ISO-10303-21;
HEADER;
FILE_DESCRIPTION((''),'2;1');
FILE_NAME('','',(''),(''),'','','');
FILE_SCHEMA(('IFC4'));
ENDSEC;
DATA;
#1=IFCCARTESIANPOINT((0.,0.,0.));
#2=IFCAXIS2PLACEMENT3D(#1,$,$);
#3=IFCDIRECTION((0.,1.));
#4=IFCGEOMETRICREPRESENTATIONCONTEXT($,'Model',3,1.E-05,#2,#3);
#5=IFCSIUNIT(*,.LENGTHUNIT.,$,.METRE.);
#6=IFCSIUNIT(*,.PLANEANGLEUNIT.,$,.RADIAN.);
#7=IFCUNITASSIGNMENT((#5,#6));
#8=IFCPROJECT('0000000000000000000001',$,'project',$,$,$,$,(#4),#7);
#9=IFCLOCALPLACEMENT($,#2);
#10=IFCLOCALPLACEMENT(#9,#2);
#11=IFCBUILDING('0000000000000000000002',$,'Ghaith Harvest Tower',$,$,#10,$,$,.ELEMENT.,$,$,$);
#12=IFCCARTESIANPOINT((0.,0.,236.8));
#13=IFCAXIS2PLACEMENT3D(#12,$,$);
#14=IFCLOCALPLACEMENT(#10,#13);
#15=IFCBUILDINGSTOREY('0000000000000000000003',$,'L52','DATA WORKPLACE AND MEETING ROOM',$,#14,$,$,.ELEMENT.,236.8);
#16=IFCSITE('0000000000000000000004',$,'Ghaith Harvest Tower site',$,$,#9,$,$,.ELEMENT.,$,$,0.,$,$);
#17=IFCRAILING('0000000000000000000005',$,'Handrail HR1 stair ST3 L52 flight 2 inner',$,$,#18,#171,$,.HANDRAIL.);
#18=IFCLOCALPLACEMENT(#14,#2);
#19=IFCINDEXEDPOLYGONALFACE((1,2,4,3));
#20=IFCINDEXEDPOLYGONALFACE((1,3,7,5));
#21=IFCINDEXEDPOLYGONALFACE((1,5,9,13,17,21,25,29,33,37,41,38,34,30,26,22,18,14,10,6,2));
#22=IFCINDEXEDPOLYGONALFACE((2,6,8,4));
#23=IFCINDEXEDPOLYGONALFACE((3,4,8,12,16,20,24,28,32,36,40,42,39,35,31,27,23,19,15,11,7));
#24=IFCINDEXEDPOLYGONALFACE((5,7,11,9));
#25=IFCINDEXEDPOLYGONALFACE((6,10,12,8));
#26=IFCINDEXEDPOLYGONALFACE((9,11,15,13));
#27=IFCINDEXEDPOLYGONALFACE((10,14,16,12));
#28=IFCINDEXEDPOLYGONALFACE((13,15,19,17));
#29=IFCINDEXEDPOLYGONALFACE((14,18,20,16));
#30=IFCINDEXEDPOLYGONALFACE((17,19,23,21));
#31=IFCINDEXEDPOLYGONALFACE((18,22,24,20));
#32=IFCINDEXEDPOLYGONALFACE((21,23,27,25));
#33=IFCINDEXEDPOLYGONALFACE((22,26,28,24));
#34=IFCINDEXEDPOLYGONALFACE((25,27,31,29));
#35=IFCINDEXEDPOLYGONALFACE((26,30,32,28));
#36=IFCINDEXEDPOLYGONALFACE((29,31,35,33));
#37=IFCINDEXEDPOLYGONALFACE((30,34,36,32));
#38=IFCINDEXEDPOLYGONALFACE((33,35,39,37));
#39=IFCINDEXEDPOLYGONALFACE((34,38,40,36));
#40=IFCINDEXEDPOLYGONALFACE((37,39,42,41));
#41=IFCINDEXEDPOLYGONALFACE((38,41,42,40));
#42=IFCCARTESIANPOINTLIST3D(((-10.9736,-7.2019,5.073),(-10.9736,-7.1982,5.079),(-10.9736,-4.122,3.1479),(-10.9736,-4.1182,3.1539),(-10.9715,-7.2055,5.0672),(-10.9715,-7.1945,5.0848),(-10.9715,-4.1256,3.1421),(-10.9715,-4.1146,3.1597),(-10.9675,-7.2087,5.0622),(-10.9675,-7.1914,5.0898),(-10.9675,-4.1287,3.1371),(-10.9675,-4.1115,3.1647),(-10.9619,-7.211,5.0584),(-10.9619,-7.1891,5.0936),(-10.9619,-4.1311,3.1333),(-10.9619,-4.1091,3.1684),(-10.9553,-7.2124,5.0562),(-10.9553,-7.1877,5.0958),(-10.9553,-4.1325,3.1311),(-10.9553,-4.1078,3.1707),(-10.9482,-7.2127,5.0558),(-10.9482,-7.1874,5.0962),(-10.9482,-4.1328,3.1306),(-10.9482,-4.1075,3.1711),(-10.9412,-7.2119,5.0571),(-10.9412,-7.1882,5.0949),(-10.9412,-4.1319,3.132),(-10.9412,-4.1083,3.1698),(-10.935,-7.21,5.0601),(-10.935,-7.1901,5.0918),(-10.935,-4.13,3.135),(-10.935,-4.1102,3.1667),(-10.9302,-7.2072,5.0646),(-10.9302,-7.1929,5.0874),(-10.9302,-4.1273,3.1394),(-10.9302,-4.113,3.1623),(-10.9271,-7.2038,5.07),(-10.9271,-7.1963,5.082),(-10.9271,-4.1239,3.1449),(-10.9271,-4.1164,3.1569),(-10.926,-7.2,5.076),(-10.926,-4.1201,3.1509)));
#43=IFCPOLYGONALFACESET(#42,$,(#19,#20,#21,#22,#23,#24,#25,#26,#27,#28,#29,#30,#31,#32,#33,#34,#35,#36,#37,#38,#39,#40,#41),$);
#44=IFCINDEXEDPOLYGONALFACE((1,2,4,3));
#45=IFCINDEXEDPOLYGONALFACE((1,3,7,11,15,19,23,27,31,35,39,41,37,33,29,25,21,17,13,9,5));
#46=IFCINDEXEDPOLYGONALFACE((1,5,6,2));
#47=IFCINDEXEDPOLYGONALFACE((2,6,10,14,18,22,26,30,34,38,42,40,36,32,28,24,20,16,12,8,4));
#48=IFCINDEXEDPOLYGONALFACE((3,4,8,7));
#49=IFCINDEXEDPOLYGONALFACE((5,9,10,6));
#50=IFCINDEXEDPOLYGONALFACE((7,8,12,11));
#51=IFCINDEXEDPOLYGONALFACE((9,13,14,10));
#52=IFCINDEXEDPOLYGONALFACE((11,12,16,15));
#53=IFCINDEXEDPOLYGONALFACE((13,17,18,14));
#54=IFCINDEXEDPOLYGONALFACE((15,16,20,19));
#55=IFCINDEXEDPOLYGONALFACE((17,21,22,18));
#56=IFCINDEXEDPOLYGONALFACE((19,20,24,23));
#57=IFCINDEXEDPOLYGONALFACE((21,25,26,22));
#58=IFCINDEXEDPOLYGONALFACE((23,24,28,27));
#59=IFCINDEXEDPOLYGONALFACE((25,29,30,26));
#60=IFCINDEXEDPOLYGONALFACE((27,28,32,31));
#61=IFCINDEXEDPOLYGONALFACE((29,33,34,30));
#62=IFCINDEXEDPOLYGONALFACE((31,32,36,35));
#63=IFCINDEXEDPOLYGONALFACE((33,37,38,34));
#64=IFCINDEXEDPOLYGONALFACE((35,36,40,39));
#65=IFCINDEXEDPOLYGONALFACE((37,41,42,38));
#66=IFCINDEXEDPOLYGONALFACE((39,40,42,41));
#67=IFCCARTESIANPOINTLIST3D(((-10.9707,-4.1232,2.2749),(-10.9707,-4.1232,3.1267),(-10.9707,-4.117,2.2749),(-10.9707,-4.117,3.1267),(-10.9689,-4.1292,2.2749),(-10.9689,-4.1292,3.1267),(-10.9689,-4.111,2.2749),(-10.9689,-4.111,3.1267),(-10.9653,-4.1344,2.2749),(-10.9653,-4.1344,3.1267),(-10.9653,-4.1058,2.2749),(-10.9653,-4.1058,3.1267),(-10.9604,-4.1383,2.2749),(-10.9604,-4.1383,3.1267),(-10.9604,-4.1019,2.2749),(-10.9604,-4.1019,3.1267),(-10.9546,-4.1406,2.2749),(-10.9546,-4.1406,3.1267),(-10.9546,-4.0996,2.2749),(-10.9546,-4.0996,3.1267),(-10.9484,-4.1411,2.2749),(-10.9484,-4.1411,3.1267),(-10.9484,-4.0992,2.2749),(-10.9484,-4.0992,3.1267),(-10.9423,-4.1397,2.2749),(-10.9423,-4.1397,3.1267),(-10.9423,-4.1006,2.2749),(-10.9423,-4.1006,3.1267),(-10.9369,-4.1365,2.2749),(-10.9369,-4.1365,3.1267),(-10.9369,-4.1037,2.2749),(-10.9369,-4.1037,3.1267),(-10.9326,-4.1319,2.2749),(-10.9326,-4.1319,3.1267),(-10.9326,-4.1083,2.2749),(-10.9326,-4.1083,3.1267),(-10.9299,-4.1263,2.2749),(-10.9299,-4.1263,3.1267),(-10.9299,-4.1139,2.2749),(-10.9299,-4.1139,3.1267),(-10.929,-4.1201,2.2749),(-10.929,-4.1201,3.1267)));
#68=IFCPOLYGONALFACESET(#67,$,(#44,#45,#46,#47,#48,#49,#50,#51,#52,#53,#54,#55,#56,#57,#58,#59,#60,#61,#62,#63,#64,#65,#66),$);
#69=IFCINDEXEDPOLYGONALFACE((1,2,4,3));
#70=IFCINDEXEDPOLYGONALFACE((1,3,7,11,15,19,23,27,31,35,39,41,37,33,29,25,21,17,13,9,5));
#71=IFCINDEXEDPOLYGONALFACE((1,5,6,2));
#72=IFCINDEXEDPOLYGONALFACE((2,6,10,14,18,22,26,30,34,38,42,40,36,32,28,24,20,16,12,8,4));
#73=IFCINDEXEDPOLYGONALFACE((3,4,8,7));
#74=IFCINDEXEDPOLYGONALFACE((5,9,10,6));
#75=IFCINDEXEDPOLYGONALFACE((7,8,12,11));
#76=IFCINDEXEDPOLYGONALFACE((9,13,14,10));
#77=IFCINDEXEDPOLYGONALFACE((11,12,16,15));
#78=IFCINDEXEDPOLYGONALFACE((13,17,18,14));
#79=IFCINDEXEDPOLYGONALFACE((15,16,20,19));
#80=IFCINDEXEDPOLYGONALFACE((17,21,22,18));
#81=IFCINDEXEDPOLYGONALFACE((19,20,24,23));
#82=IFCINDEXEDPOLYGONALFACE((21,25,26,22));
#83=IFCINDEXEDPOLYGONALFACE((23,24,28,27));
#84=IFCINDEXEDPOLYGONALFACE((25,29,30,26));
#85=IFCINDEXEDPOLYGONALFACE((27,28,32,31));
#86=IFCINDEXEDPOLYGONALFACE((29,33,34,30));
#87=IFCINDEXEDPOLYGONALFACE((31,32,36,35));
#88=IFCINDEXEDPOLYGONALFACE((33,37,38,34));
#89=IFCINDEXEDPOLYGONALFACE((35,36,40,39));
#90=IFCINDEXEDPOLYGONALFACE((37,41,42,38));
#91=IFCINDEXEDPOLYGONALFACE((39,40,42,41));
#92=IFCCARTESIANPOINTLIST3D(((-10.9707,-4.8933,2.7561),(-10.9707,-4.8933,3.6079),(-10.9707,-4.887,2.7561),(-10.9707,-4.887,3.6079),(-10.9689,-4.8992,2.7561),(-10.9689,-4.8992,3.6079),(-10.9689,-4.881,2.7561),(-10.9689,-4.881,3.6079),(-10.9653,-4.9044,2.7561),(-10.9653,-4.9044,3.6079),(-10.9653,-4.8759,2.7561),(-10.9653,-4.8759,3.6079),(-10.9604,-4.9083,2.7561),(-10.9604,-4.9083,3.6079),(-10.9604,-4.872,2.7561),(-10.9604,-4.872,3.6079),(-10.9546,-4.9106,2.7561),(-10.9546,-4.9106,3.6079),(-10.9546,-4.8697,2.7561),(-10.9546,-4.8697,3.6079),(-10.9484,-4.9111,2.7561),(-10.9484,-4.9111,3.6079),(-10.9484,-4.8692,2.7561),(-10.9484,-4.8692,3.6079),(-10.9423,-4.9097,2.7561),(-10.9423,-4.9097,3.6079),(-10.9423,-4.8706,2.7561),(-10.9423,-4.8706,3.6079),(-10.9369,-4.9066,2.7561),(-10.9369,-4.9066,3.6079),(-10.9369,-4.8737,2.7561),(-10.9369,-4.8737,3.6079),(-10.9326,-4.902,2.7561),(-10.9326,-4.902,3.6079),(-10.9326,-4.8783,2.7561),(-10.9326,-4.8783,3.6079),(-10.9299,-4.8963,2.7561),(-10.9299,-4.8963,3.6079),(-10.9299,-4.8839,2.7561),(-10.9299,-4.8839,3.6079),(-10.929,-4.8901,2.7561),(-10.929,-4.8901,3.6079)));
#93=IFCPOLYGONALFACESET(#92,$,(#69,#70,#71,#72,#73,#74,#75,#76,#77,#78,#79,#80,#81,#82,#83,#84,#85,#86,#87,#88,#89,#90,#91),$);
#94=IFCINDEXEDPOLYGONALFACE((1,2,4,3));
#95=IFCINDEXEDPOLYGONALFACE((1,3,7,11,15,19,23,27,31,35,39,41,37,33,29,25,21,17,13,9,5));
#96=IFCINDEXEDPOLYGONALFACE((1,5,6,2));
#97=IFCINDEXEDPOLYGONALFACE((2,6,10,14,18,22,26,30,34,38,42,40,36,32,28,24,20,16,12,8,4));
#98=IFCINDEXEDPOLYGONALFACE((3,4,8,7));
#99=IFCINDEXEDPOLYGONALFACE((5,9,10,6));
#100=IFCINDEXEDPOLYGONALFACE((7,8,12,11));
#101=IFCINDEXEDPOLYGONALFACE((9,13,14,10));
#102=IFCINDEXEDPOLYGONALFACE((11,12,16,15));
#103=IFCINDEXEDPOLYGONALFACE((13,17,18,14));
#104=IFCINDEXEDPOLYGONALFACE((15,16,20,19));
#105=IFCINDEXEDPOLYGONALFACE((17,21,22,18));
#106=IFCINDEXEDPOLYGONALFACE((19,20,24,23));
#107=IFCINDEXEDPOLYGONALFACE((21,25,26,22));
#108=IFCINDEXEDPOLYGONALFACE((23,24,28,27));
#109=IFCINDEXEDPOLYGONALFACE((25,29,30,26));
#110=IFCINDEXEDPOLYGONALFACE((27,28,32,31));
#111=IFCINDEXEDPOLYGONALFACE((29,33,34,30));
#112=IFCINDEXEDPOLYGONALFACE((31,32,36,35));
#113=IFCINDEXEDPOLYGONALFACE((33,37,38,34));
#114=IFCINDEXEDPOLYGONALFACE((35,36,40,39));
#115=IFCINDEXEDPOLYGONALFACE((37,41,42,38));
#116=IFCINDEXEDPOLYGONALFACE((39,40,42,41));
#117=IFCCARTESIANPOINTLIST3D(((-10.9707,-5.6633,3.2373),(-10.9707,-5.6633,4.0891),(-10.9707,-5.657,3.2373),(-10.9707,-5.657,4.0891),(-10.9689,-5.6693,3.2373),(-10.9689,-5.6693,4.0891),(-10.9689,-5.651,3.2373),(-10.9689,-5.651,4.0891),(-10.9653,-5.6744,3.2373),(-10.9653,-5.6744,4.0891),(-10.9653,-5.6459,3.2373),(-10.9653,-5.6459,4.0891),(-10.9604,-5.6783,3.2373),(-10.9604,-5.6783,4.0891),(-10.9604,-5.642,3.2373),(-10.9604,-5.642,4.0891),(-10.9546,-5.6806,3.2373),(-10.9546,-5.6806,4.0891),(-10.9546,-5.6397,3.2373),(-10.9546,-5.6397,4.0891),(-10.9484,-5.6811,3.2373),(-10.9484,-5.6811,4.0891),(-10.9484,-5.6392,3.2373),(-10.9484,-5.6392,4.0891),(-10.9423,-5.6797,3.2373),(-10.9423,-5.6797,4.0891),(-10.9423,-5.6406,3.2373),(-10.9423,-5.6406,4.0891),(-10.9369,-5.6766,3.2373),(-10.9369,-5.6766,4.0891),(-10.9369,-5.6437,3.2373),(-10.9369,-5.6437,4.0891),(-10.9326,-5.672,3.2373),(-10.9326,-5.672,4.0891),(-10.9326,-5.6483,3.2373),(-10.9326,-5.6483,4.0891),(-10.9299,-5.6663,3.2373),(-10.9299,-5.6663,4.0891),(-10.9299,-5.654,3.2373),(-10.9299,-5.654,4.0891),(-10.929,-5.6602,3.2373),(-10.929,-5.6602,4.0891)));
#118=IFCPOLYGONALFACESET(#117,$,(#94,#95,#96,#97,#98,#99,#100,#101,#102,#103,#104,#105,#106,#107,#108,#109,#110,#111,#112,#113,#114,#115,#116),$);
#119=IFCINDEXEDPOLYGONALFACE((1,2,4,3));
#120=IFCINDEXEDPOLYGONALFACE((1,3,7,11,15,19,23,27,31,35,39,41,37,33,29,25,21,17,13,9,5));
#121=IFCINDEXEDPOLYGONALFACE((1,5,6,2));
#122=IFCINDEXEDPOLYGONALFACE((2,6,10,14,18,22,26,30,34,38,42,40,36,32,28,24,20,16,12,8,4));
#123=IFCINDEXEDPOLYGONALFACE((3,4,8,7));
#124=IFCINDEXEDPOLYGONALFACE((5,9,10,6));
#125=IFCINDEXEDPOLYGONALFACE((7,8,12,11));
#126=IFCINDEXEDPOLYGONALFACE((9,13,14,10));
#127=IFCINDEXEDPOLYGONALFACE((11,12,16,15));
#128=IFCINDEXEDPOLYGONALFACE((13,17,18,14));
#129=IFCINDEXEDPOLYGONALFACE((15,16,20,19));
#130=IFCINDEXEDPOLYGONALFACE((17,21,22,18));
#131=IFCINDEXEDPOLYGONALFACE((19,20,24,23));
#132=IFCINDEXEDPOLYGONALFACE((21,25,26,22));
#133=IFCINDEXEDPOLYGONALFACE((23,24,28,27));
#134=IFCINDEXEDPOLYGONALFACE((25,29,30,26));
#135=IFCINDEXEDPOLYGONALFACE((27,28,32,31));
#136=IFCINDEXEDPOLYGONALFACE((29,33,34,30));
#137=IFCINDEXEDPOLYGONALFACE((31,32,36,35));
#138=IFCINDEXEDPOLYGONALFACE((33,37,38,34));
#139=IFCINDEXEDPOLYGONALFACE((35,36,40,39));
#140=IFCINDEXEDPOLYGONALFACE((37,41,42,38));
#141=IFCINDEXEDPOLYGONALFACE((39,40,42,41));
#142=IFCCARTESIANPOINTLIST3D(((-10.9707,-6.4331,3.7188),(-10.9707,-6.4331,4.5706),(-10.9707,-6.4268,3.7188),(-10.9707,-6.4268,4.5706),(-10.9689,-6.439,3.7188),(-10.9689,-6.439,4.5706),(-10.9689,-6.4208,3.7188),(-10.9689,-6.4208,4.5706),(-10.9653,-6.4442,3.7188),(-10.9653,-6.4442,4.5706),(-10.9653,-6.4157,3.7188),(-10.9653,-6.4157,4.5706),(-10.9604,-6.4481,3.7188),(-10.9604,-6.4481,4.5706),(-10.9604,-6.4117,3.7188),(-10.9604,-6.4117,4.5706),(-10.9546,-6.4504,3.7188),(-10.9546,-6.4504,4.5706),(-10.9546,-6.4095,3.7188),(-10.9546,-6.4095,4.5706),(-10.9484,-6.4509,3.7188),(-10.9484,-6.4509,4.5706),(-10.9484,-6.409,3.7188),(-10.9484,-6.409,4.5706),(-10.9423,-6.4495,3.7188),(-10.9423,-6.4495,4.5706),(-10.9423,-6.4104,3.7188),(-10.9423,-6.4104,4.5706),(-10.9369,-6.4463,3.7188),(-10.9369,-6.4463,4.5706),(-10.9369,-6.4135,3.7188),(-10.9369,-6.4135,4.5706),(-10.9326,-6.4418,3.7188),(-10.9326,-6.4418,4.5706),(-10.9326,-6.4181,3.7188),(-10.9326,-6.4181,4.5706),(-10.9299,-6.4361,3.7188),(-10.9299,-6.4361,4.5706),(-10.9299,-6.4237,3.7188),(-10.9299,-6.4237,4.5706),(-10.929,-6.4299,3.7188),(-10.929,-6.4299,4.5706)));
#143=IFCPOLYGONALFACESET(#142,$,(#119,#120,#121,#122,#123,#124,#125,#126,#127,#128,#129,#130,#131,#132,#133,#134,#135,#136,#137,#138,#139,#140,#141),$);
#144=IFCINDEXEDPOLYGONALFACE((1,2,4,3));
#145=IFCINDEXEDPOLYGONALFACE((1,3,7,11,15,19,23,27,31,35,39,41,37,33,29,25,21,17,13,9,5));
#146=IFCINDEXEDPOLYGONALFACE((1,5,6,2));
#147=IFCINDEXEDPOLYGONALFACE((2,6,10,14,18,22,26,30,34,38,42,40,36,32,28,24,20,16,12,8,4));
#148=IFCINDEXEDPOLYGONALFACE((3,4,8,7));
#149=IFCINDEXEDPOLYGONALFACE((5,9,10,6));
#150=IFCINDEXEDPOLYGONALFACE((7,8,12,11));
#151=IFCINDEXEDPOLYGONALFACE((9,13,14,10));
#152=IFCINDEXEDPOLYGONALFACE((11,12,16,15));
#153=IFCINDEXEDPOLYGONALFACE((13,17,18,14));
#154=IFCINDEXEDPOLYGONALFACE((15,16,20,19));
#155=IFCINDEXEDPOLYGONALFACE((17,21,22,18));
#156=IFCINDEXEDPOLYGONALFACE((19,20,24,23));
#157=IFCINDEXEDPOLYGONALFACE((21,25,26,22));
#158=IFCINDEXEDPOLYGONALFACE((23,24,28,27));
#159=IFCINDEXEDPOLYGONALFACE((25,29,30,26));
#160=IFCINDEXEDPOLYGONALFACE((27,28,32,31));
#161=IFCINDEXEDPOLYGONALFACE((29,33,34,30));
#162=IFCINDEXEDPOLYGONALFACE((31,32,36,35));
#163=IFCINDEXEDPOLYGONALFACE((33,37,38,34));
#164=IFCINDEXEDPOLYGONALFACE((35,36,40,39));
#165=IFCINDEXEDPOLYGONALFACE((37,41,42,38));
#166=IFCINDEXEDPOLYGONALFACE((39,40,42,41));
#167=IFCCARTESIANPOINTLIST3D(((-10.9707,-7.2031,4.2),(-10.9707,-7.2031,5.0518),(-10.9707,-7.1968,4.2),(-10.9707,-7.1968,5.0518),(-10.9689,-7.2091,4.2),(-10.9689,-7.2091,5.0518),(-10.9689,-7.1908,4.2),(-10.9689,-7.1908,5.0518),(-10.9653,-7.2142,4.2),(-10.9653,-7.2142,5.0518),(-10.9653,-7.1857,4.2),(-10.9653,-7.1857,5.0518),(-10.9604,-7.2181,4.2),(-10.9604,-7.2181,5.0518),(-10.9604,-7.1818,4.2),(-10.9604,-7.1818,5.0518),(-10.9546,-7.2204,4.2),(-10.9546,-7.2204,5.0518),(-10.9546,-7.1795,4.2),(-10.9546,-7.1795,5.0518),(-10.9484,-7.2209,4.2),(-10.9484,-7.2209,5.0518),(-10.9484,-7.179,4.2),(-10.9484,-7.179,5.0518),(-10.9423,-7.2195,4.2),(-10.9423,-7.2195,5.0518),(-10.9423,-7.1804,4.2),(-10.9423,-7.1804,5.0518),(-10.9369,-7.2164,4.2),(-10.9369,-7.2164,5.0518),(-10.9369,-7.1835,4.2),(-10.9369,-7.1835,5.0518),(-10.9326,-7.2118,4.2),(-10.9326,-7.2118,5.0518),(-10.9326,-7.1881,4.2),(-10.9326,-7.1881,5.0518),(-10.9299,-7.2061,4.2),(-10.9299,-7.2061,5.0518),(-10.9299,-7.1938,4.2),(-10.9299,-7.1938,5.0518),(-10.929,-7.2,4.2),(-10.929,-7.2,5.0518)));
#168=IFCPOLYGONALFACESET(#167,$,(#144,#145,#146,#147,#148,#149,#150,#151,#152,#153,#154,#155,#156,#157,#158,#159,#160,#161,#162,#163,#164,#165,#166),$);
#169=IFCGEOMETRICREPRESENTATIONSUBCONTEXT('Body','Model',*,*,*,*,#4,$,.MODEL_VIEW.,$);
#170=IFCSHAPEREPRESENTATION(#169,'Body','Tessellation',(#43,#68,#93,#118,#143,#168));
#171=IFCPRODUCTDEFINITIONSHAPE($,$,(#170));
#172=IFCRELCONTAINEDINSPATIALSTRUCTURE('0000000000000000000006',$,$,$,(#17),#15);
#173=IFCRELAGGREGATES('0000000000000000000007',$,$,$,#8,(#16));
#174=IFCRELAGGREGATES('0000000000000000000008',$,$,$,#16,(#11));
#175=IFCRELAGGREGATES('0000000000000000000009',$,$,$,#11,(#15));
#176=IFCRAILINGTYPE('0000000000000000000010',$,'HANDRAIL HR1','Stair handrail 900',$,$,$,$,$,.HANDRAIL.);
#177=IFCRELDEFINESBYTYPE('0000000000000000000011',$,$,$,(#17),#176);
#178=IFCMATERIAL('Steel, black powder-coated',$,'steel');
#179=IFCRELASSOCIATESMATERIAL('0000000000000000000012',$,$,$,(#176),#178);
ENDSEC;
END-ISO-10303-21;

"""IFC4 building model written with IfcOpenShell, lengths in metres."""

from ifc_helpers import new_model, si_unit, direction, frame, origin, origin_2d, place, context, subcontext, project, spatial, circle, extrude, material, type_object, element, save


model = new_model("IFC4")

# Units and contexts
model_context = context("Model", 3, precision=1e-05, world=origin(), true_north=direction((0.0, 1.0)))
body_context = subcontext(model_context, "Body", "Model", "MODEL_VIEW")
ifc_project = project(units=[si_unit("LENGTHUNIT", "METRE"), si_unit("PLANEANGLEUNIT", "RADIAN")], contexts=[model_context])

# Site, building, storey
site_placement = place(None, origin())
site = spatial("IfcSite", under=ifc_project, at=site_placement, Name="Ghaith Harvest Tower site", CompositionType="ELEMENT", RefElevation=0.0)
building_placement = place(site_placement, origin())
building = spatial("IfcBuilding", under=site, at=building_placement, Name="Ghaith Harvest Tower", CompositionType="ELEMENT")
storey_placement = place(building_placement, frame((0.0, 0.0, 236.8)))
storey = spatial("IfcBuildingStorey", under=building, at=storey_placement, Name="L52", Description="DATA WORKPLACE AND MEETING ROOM", CompositionType="ELEMENT", Elevation=236.8)

# Railing
ifc_material_1 = material(Name="Steel, black powder-coated", Category="steel")
railing_type = type_object("IfcRailingType", Name="HANDRAIL HR1", Description="Stair handrail 900", PredefinedType="HANDRAIL", material=ifc_material_1)
railing_1_placement = place(storey_placement, frame((-10.95, -4.1201, 2.2749)))
element("IfcRailing", 1, at=railing_1_placement, inside=storey, type_object=railing_type, Name="Handrail HR1 stair ST3 L52 flight 2 inner", PredefinedType="HANDRAIL", context=body_context, shape_type="SweptSolid", body=[
    extrude(circle(Radius=0.0239, at=origin_2d()), frame((0.0, 0.0, 0.876), z_axis=(0.0, -0.847979, 0.530029), x_axis=(1.0, 0.0, 0.0)), (0.0, 0.0, 1.0), 3.6321),
    extrude(circle(Radius=0.021, at=origin_2d()), origin(), (0.0, 0.0, 1.0), 0.8518),
    extrude(circle(Radius=0.021, at=origin_2d()), frame((0.0, -0.77, 0.4812)), (0.0, 0.0, 1.0), 0.8518),
    extrude(circle(Radius=0.021, at=origin_2d()), frame((0.0, -1.54, 0.9624)), (0.0, 0.0, 1.0), 0.8518),
    extrude(circle(Radius=0.021, at=origin_2d()), frame((0.0, -2.3098, 1.4438)), (0.0, 0.0, 1.0), 0.8518),
    extrude(circle(Radius=0.021, at=origin_2d()), frame((0.0, -3.0798, 1.925)), (0.0, 0.0, 1.0), 0.8518),
])

save(model, "model.ifc")
